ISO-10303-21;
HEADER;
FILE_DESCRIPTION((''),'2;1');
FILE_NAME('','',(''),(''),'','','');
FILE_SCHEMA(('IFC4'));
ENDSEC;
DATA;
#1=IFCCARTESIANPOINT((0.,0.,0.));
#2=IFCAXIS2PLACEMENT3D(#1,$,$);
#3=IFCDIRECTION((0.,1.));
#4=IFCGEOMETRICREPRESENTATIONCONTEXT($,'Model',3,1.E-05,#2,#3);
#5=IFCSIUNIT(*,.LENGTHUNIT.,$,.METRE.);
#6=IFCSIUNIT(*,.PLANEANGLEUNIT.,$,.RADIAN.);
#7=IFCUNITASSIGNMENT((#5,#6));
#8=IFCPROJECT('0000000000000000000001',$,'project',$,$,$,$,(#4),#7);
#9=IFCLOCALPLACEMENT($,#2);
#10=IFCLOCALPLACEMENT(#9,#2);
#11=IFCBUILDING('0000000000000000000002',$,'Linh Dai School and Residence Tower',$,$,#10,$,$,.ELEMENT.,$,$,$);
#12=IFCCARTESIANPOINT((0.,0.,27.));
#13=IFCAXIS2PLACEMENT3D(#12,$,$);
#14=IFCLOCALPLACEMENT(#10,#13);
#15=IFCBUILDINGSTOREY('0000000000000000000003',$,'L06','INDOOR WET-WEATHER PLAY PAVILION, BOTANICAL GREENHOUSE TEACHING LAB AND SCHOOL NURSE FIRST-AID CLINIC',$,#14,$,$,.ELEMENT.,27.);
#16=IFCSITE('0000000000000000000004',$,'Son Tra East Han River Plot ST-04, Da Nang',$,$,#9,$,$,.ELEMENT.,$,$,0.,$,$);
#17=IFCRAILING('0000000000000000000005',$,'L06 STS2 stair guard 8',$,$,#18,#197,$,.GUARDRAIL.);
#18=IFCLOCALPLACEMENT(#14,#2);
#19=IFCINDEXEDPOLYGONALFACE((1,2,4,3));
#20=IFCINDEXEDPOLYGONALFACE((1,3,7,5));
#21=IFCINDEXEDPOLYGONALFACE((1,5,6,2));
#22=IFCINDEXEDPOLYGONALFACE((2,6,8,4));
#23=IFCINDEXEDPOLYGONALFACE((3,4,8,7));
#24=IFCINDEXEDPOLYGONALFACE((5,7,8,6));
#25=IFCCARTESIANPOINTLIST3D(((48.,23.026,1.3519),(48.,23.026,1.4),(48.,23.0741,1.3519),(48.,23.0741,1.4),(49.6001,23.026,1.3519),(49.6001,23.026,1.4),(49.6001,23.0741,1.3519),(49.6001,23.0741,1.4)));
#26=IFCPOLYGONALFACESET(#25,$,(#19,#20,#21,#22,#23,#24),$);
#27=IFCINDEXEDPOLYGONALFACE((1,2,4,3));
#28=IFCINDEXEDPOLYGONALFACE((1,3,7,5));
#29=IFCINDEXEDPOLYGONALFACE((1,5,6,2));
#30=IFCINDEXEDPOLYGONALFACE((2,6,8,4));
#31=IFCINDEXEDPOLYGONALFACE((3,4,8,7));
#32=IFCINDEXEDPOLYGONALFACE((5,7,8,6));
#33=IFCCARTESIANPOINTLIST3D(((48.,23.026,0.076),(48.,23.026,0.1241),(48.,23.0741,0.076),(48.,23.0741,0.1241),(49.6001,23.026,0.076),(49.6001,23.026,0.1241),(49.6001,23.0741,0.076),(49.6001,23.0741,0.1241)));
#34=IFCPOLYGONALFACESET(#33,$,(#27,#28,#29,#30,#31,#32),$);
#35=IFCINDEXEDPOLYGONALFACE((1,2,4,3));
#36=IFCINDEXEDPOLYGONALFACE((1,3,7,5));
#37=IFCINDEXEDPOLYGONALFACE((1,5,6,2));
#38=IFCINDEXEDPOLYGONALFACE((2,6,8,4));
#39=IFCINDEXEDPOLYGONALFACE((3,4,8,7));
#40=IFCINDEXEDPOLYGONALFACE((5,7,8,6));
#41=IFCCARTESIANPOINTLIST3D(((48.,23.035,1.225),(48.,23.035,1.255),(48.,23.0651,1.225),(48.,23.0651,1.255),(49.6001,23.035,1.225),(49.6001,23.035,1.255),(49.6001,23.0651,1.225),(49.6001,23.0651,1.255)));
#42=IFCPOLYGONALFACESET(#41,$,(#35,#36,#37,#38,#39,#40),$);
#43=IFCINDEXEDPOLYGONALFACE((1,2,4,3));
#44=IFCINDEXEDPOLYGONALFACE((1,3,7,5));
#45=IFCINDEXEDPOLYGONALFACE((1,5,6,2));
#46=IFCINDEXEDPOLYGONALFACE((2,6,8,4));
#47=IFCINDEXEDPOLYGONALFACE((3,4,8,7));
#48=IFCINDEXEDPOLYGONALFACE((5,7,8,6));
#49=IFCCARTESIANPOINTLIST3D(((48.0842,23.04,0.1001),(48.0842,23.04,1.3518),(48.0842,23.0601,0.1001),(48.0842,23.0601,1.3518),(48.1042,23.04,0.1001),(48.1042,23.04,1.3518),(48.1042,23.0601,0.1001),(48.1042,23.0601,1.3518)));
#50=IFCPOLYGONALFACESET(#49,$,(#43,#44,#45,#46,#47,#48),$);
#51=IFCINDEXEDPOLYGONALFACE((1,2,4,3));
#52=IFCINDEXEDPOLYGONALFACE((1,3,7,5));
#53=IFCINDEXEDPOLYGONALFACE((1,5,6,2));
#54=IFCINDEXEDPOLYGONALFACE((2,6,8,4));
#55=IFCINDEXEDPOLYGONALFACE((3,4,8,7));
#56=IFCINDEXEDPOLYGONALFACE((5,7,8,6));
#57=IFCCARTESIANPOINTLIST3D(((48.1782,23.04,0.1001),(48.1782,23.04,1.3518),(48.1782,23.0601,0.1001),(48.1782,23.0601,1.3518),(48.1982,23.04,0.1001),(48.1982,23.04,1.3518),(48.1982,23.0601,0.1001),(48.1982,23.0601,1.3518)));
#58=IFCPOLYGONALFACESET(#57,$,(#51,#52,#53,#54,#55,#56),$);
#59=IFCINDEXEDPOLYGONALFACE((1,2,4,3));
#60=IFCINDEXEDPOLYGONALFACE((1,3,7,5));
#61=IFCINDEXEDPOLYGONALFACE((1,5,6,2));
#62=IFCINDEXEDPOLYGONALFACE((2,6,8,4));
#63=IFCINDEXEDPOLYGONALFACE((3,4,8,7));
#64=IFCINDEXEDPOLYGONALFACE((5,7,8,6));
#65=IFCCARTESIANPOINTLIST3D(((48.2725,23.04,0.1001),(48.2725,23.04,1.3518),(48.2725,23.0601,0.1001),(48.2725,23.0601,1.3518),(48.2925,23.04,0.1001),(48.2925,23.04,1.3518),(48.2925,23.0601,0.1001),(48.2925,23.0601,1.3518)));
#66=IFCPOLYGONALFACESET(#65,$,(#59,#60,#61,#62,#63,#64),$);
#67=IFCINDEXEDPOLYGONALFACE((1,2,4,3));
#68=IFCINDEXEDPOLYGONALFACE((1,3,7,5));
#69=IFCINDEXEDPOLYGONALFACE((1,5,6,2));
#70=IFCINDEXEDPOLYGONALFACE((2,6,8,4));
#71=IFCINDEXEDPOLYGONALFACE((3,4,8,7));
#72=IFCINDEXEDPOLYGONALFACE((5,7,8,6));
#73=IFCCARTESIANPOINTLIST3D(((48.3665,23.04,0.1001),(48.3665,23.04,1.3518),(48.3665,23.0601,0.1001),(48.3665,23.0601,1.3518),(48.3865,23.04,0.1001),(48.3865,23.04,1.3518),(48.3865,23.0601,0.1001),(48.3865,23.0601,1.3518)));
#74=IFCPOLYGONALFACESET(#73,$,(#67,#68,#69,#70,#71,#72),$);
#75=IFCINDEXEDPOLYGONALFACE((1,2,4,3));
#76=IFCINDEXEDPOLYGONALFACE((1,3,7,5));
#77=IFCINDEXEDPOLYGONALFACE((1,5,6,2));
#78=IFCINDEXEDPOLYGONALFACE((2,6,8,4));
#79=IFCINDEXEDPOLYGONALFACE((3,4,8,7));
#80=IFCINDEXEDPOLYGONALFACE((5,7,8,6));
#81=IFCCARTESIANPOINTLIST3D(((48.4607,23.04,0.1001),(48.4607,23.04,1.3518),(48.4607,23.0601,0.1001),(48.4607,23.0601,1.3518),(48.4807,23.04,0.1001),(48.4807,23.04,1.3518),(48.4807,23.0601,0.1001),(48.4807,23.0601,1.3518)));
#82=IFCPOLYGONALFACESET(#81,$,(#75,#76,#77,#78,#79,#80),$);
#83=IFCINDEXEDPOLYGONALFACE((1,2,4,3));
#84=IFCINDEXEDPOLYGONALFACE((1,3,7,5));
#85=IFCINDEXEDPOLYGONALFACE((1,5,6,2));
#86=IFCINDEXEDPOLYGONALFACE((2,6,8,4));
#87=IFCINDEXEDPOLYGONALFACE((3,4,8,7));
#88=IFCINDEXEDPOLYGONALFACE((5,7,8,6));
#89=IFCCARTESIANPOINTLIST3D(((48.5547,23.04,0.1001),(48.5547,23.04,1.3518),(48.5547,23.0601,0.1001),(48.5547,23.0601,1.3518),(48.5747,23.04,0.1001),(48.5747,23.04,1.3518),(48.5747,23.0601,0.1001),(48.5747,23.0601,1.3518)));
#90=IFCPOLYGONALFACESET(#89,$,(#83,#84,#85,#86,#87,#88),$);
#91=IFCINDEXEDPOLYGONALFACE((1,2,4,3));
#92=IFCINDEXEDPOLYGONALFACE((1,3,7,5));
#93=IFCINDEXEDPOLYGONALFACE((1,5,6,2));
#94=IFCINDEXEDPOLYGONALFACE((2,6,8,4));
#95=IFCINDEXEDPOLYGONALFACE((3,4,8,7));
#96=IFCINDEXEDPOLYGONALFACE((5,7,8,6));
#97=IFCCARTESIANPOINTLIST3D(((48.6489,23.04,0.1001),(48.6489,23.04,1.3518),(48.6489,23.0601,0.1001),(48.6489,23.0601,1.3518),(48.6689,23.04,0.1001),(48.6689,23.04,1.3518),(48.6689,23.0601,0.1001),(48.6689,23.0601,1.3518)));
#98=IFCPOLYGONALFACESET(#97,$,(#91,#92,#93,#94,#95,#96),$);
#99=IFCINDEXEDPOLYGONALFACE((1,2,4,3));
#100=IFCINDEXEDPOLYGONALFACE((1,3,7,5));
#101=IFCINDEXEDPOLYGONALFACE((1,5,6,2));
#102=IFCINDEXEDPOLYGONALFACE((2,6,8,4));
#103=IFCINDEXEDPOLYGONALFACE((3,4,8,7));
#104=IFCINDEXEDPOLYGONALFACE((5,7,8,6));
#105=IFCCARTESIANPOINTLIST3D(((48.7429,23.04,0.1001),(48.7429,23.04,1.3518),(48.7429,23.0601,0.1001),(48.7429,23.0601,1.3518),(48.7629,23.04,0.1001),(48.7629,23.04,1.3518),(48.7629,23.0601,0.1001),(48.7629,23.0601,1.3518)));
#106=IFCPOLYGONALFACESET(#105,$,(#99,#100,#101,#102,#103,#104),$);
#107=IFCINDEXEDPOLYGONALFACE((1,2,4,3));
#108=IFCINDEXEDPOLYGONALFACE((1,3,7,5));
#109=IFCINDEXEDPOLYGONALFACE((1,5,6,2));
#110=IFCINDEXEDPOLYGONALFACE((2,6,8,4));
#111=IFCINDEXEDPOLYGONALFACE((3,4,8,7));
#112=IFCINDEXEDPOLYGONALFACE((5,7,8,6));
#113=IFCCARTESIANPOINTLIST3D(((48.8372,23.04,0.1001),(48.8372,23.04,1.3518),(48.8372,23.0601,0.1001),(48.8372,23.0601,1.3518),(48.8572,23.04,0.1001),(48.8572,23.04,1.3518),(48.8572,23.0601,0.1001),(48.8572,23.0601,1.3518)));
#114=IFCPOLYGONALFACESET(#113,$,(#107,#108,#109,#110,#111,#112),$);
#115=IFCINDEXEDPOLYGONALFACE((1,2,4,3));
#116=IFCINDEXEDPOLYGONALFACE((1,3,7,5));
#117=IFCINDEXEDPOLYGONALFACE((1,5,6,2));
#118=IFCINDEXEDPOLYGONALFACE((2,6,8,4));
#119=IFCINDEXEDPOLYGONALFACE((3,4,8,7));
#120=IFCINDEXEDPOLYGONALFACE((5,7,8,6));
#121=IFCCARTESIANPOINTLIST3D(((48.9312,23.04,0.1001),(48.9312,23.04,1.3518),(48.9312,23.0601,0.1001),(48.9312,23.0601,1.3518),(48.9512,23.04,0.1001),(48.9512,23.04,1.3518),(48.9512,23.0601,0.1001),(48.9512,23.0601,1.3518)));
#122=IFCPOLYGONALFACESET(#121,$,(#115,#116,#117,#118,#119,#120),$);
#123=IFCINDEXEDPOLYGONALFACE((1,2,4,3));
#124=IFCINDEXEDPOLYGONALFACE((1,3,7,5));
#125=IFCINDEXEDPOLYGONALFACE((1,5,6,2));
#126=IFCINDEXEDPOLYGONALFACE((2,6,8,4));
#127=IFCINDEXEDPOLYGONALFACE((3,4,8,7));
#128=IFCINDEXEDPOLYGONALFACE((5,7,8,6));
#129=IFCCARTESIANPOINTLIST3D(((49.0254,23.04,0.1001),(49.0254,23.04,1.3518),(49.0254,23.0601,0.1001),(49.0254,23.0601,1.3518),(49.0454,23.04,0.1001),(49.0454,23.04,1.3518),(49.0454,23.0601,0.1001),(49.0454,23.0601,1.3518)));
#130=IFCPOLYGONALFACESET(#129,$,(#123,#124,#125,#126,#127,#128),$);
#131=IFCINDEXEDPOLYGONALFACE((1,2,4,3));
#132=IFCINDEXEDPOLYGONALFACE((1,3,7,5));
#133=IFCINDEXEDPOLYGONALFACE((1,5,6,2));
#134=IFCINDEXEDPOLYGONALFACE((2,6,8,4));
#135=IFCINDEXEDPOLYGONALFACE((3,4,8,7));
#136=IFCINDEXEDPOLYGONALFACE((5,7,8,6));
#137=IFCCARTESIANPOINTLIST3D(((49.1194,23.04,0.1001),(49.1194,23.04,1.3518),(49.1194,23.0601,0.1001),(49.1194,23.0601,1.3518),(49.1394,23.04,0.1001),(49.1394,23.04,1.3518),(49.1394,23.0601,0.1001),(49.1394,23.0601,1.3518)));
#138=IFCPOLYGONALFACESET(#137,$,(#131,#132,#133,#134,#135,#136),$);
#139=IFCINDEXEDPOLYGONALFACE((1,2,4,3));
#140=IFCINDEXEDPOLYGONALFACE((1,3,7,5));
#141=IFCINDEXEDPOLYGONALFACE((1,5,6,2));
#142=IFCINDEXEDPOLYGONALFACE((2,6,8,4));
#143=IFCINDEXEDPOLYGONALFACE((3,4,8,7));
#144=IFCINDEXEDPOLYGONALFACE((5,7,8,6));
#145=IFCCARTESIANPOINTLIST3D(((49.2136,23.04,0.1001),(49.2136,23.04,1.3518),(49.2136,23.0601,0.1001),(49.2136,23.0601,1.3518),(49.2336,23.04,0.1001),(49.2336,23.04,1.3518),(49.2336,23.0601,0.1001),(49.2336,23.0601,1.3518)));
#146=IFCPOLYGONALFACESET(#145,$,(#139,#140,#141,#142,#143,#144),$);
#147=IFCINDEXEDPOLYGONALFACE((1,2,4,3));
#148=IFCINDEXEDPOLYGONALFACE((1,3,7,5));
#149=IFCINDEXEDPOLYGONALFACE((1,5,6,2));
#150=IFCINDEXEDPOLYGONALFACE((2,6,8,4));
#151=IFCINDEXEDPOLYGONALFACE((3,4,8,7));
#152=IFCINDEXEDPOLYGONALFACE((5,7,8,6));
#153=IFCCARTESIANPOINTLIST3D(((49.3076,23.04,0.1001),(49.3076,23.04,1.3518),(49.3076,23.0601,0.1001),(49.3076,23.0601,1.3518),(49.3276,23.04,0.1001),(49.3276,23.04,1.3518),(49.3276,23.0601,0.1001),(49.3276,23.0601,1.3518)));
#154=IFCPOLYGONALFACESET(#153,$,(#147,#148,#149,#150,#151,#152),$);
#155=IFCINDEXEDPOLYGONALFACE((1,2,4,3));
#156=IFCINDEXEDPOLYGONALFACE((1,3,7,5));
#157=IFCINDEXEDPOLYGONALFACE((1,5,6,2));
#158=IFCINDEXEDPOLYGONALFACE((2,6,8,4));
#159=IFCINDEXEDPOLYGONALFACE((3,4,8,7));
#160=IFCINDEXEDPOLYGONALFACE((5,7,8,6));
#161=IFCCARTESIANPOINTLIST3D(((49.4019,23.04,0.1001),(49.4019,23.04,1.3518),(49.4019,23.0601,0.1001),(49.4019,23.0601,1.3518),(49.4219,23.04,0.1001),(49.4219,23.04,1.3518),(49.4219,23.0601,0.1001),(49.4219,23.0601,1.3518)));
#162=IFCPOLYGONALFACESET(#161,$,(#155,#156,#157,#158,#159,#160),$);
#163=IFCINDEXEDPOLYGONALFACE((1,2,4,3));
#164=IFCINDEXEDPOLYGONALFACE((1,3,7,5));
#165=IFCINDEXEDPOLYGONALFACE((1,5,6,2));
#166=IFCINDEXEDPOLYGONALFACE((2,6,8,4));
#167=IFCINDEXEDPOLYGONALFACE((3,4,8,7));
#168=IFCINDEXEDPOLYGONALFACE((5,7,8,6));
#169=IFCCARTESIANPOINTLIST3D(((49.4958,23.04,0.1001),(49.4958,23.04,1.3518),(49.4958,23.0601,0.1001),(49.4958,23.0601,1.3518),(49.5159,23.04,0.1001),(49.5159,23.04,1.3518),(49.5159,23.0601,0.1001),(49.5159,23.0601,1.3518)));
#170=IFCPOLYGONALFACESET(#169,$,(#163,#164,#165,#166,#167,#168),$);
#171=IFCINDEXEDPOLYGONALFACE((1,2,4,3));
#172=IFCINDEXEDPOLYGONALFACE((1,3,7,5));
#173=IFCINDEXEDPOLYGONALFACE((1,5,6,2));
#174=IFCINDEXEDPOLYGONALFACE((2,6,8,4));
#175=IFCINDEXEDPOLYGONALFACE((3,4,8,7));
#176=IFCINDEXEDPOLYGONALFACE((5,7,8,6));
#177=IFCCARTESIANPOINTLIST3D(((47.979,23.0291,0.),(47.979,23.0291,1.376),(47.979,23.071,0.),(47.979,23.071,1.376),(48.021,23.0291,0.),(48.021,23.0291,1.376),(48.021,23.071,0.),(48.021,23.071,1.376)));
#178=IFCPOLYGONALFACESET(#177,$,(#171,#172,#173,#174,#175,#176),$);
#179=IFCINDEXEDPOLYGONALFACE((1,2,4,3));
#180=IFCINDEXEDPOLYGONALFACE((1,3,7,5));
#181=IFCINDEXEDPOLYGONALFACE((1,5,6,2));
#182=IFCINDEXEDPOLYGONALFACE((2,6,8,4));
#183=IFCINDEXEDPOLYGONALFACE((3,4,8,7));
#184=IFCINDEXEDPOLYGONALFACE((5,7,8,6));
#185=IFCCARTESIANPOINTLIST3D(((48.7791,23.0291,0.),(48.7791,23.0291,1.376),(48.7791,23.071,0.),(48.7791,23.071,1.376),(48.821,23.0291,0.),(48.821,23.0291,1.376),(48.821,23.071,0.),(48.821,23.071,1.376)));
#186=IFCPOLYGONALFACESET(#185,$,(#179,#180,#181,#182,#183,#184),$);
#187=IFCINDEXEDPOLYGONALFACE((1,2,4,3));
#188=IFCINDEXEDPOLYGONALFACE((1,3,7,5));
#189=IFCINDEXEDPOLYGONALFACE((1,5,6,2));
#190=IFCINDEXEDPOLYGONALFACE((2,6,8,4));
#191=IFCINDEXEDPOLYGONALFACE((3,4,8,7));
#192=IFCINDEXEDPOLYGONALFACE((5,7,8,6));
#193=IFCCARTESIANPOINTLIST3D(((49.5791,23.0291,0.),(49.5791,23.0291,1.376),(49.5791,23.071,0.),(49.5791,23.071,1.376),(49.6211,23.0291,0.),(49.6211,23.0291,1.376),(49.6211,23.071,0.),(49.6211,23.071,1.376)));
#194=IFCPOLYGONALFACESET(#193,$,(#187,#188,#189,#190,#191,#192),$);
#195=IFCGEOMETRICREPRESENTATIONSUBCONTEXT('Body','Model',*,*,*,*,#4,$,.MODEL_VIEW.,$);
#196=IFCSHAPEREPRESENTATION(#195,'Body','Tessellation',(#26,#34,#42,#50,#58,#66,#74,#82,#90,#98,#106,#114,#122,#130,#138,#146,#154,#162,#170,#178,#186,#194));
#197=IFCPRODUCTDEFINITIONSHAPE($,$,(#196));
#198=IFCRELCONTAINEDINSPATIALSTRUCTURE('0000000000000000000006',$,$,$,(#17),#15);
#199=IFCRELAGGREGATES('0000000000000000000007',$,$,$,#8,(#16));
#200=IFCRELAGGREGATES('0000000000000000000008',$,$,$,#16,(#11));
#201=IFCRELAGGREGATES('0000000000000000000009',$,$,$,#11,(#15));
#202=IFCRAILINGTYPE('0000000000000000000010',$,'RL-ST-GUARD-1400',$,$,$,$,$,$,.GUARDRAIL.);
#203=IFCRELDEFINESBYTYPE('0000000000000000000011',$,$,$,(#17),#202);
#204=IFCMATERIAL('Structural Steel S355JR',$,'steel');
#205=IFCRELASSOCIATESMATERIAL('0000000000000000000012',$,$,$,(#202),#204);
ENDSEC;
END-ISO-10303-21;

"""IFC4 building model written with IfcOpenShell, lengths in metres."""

from ifc_helpers import new_model, si_unit, direction, frame, origin, origin_2d, place, context, subcontext, project, spatial, rectangle, extrude, source, transform, mapped, material, type_object, element, save


model = new_model("IFC4")

# Units and contexts
model_context = context("Model", 3, precision=1e-05, world=origin(), true_north=direction((0.0, 1.0)))
body_context = subcontext(model_context, "Body", "Model", "MODEL_VIEW")
ifc_project = project(units=[si_unit("LENGTHUNIT", "METRE"), si_unit("PLANEANGLEUNIT", "RADIAN")], contexts=[model_context])

# Site, building, storey
site_placement = place(None, origin())
site = spatial("IfcSite", under=ifc_project, at=site_placement, Name="Son Tra East Han River Plot ST-04, Da Nang", CompositionType="ELEMENT", RefElevation=0.0)
building_placement = place(site_placement, origin())
building = spatial("IfcBuilding", under=site, at=building_placement, Name="Linh Dai School and Residence Tower", CompositionType="ELEMENT")
storey_placement = place(building_placement, frame((0.0, 0.0, 27.0)))
storey = spatial("IfcBuildingStorey", under=building, at=storey_placement, Name="L06", Description="INDOOR WET-WEATHER PLAY PAVILION, BOTANICAL GREENHOUSE TEACHING LAB AND SCHOOL NURSE FIRST-AID CLINIC", CompositionType="ELEMENT", Elevation=27.0)

# Shared definitions
ifc_material_1 = material(Name="Structural Steel S355JR", Category="steel")

# Railing
railing_type_1 = type_object("IfcRailingType", Name="RL-ST-GUARD-1400", PredefinedType="GUARDRAIL", material=ifc_material_1)
shared_shape_1 = source(origin(), body_context, "Body", "SweptSolid", [
    extrude(rectangle(XDim=0.0481, YDim=0.0481, at=origin_2d()), frame((0.0, 0.0, 1.376), z_axis=(1.0, 0.0, 0.0), x_axis=(0.0, 1.0, 0.0)), (0.0, 0.0, 1.0), 1.6001),
    extrude(rectangle(XDim=0.0481, YDim=0.0481, at=origin_2d()), frame((0.0, 0.0, 0.1001), z_axis=(1.0, 0.0, 0.0), x_axis=(0.0, 1.0, 0.0)), (0.0, 0.0, 1.0), 1.6001),
    extrude(rectangle(XDim=0.03, YDim=0.03, at=origin_2d()), frame((0.0, 0.0, 1.24), z_axis=(1.0, 0.0, 0.0), x_axis=(0.0, 1.0, 0.0)), (0.0, 0.0, 1.0), 1.6001),
    extrude(rectangle(XDim=0.02, YDim=0.02, at=origin_2d()), frame((0.0942, 0.0, 0.1001)), (0.0, 0.0, 1.0), 1.2517),
    extrude(rectangle(XDim=0.02, YDim=0.02, at=origin_2d()), frame((0.1882, 0.0, 0.1001)), (0.0, 0.0, 1.0), 1.2517),
    extrude(rectangle(XDim=0.02, YDim=0.02, at=origin_2d()), frame((0.2825, 0.0, 0.1001)), (0.0, 0.0, 1.0), 1.2517),
    extrude(rectangle(XDim=0.02, YDim=0.02, at=origin_2d()), frame((0.3765, 0.0, 0.1001)), (0.0, 0.0, 1.0), 1.2517),
    extrude(rectangle(XDim=0.02, YDim=0.02, at=origin_2d()), frame((0.4707, 0.0, 0.1001)), (0.0, 0.0, 1.0), 1.2517),
    extrude(rectangle(XDim=0.02, YDim=0.02, at=origin_2d()), frame((0.5647, 0.0, 0.1001)), (0.0, 0.0, 1.0), 1.2517),
    extrude(rectangle(XDim=0.02, YDim=0.02, at=origin_2d()), frame((0.6589, 0.0, 0.1001)), (0.0, 0.0, 1.0), 1.2517),
    extrude(rectangle(XDim=0.02, YDim=0.02, at=origin_2d()), frame((0.7529, 0.0, 0.1001)), (0.0, 0.0, 1.0), 1.2517),
    extrude(rectangle(XDim=0.02, YDim=0.02, at=origin_2d()), frame((0.8472, 0.0, 0.1001)), (0.0, 0.0, 1.0), 1.2517),
    extrude(rectangle(XDim=0.02, YDim=0.02, at=origin_2d()), frame((0.9412, 0.0, 0.1001)), (0.0, 0.0, 1.0), 1.2517),
    extrude(rectangle(XDim=0.02, YDim=0.02, at=origin_2d()), frame((1.0354, 0.0, 0.1001)), (0.0, 0.0, 1.0), 1.2517),
    extrude(rectangle(XDim=0.02, YDim=0.02, at=origin_2d()), frame((1.1294, 0.0, 0.1001)), (0.0, 0.0, 1.0), 1.2517),
    extrude(rectangle(XDim=0.02, YDim=0.02, at=origin_2d()), frame((1.2236, 0.0, 0.1001)), (0.0, 0.0, 1.0), 1.2517),
    extrude(rectangle(XDim=0.02, YDim=0.02, at=origin_2d()), frame((1.3176, 0.0, 0.1001)), (0.0, 0.0, 1.0), 1.2517),
    extrude(rectangle(XDim=0.02, YDim=0.02, at=origin_2d()), frame((1.4119, 0.0, 0.1001)), (0.0, 0.0, 1.0), 1.2517),
    extrude(rectangle(XDim=0.02, YDim=0.02, at=origin_2d()), frame((1.5059, 0.0, 0.1001)), (0.0, 0.0, 1.0), 1.2517),
    extrude(rectangle(XDim=0.042, YDim=0.042, at=origin_2d()), origin(), (0.0, 0.0, 1.0), 1.376),
    extrude(rectangle(XDim=0.042, YDim=0.042, at=origin_2d()), frame((0.8, 0.0, 0.0)), (0.0, 0.0, 1.0), 1.376),
    extrude(rectangle(XDim=0.042, YDim=0.042, at=origin_2d()), frame((1.6001, 0.0, 0.0)), (0.0, 0.0, 1.0), 1.376),
])
railing_1_placement = place(storey_placement, frame((48.0, 23.05, 0.0)))
element("IfcRailing", 1, at=railing_1_placement, inside=storey, type_object=railing_type_1, Name="L06 STS2 stair guard 8", PredefinedType="GUARDRAIL", context=body_context, shape_type="MappedRepresentation", body=[
    mapped(shared_shape_1, transform((0.0, 0.0, 0.0), x_axis=(1.0, 0.0, 0.0), y_axis=(0.0, 1.0, 0.0), z_axis=(0.0, 0.0, 1.0), scale=1.0)),
])

save(model, "model.ifc")
